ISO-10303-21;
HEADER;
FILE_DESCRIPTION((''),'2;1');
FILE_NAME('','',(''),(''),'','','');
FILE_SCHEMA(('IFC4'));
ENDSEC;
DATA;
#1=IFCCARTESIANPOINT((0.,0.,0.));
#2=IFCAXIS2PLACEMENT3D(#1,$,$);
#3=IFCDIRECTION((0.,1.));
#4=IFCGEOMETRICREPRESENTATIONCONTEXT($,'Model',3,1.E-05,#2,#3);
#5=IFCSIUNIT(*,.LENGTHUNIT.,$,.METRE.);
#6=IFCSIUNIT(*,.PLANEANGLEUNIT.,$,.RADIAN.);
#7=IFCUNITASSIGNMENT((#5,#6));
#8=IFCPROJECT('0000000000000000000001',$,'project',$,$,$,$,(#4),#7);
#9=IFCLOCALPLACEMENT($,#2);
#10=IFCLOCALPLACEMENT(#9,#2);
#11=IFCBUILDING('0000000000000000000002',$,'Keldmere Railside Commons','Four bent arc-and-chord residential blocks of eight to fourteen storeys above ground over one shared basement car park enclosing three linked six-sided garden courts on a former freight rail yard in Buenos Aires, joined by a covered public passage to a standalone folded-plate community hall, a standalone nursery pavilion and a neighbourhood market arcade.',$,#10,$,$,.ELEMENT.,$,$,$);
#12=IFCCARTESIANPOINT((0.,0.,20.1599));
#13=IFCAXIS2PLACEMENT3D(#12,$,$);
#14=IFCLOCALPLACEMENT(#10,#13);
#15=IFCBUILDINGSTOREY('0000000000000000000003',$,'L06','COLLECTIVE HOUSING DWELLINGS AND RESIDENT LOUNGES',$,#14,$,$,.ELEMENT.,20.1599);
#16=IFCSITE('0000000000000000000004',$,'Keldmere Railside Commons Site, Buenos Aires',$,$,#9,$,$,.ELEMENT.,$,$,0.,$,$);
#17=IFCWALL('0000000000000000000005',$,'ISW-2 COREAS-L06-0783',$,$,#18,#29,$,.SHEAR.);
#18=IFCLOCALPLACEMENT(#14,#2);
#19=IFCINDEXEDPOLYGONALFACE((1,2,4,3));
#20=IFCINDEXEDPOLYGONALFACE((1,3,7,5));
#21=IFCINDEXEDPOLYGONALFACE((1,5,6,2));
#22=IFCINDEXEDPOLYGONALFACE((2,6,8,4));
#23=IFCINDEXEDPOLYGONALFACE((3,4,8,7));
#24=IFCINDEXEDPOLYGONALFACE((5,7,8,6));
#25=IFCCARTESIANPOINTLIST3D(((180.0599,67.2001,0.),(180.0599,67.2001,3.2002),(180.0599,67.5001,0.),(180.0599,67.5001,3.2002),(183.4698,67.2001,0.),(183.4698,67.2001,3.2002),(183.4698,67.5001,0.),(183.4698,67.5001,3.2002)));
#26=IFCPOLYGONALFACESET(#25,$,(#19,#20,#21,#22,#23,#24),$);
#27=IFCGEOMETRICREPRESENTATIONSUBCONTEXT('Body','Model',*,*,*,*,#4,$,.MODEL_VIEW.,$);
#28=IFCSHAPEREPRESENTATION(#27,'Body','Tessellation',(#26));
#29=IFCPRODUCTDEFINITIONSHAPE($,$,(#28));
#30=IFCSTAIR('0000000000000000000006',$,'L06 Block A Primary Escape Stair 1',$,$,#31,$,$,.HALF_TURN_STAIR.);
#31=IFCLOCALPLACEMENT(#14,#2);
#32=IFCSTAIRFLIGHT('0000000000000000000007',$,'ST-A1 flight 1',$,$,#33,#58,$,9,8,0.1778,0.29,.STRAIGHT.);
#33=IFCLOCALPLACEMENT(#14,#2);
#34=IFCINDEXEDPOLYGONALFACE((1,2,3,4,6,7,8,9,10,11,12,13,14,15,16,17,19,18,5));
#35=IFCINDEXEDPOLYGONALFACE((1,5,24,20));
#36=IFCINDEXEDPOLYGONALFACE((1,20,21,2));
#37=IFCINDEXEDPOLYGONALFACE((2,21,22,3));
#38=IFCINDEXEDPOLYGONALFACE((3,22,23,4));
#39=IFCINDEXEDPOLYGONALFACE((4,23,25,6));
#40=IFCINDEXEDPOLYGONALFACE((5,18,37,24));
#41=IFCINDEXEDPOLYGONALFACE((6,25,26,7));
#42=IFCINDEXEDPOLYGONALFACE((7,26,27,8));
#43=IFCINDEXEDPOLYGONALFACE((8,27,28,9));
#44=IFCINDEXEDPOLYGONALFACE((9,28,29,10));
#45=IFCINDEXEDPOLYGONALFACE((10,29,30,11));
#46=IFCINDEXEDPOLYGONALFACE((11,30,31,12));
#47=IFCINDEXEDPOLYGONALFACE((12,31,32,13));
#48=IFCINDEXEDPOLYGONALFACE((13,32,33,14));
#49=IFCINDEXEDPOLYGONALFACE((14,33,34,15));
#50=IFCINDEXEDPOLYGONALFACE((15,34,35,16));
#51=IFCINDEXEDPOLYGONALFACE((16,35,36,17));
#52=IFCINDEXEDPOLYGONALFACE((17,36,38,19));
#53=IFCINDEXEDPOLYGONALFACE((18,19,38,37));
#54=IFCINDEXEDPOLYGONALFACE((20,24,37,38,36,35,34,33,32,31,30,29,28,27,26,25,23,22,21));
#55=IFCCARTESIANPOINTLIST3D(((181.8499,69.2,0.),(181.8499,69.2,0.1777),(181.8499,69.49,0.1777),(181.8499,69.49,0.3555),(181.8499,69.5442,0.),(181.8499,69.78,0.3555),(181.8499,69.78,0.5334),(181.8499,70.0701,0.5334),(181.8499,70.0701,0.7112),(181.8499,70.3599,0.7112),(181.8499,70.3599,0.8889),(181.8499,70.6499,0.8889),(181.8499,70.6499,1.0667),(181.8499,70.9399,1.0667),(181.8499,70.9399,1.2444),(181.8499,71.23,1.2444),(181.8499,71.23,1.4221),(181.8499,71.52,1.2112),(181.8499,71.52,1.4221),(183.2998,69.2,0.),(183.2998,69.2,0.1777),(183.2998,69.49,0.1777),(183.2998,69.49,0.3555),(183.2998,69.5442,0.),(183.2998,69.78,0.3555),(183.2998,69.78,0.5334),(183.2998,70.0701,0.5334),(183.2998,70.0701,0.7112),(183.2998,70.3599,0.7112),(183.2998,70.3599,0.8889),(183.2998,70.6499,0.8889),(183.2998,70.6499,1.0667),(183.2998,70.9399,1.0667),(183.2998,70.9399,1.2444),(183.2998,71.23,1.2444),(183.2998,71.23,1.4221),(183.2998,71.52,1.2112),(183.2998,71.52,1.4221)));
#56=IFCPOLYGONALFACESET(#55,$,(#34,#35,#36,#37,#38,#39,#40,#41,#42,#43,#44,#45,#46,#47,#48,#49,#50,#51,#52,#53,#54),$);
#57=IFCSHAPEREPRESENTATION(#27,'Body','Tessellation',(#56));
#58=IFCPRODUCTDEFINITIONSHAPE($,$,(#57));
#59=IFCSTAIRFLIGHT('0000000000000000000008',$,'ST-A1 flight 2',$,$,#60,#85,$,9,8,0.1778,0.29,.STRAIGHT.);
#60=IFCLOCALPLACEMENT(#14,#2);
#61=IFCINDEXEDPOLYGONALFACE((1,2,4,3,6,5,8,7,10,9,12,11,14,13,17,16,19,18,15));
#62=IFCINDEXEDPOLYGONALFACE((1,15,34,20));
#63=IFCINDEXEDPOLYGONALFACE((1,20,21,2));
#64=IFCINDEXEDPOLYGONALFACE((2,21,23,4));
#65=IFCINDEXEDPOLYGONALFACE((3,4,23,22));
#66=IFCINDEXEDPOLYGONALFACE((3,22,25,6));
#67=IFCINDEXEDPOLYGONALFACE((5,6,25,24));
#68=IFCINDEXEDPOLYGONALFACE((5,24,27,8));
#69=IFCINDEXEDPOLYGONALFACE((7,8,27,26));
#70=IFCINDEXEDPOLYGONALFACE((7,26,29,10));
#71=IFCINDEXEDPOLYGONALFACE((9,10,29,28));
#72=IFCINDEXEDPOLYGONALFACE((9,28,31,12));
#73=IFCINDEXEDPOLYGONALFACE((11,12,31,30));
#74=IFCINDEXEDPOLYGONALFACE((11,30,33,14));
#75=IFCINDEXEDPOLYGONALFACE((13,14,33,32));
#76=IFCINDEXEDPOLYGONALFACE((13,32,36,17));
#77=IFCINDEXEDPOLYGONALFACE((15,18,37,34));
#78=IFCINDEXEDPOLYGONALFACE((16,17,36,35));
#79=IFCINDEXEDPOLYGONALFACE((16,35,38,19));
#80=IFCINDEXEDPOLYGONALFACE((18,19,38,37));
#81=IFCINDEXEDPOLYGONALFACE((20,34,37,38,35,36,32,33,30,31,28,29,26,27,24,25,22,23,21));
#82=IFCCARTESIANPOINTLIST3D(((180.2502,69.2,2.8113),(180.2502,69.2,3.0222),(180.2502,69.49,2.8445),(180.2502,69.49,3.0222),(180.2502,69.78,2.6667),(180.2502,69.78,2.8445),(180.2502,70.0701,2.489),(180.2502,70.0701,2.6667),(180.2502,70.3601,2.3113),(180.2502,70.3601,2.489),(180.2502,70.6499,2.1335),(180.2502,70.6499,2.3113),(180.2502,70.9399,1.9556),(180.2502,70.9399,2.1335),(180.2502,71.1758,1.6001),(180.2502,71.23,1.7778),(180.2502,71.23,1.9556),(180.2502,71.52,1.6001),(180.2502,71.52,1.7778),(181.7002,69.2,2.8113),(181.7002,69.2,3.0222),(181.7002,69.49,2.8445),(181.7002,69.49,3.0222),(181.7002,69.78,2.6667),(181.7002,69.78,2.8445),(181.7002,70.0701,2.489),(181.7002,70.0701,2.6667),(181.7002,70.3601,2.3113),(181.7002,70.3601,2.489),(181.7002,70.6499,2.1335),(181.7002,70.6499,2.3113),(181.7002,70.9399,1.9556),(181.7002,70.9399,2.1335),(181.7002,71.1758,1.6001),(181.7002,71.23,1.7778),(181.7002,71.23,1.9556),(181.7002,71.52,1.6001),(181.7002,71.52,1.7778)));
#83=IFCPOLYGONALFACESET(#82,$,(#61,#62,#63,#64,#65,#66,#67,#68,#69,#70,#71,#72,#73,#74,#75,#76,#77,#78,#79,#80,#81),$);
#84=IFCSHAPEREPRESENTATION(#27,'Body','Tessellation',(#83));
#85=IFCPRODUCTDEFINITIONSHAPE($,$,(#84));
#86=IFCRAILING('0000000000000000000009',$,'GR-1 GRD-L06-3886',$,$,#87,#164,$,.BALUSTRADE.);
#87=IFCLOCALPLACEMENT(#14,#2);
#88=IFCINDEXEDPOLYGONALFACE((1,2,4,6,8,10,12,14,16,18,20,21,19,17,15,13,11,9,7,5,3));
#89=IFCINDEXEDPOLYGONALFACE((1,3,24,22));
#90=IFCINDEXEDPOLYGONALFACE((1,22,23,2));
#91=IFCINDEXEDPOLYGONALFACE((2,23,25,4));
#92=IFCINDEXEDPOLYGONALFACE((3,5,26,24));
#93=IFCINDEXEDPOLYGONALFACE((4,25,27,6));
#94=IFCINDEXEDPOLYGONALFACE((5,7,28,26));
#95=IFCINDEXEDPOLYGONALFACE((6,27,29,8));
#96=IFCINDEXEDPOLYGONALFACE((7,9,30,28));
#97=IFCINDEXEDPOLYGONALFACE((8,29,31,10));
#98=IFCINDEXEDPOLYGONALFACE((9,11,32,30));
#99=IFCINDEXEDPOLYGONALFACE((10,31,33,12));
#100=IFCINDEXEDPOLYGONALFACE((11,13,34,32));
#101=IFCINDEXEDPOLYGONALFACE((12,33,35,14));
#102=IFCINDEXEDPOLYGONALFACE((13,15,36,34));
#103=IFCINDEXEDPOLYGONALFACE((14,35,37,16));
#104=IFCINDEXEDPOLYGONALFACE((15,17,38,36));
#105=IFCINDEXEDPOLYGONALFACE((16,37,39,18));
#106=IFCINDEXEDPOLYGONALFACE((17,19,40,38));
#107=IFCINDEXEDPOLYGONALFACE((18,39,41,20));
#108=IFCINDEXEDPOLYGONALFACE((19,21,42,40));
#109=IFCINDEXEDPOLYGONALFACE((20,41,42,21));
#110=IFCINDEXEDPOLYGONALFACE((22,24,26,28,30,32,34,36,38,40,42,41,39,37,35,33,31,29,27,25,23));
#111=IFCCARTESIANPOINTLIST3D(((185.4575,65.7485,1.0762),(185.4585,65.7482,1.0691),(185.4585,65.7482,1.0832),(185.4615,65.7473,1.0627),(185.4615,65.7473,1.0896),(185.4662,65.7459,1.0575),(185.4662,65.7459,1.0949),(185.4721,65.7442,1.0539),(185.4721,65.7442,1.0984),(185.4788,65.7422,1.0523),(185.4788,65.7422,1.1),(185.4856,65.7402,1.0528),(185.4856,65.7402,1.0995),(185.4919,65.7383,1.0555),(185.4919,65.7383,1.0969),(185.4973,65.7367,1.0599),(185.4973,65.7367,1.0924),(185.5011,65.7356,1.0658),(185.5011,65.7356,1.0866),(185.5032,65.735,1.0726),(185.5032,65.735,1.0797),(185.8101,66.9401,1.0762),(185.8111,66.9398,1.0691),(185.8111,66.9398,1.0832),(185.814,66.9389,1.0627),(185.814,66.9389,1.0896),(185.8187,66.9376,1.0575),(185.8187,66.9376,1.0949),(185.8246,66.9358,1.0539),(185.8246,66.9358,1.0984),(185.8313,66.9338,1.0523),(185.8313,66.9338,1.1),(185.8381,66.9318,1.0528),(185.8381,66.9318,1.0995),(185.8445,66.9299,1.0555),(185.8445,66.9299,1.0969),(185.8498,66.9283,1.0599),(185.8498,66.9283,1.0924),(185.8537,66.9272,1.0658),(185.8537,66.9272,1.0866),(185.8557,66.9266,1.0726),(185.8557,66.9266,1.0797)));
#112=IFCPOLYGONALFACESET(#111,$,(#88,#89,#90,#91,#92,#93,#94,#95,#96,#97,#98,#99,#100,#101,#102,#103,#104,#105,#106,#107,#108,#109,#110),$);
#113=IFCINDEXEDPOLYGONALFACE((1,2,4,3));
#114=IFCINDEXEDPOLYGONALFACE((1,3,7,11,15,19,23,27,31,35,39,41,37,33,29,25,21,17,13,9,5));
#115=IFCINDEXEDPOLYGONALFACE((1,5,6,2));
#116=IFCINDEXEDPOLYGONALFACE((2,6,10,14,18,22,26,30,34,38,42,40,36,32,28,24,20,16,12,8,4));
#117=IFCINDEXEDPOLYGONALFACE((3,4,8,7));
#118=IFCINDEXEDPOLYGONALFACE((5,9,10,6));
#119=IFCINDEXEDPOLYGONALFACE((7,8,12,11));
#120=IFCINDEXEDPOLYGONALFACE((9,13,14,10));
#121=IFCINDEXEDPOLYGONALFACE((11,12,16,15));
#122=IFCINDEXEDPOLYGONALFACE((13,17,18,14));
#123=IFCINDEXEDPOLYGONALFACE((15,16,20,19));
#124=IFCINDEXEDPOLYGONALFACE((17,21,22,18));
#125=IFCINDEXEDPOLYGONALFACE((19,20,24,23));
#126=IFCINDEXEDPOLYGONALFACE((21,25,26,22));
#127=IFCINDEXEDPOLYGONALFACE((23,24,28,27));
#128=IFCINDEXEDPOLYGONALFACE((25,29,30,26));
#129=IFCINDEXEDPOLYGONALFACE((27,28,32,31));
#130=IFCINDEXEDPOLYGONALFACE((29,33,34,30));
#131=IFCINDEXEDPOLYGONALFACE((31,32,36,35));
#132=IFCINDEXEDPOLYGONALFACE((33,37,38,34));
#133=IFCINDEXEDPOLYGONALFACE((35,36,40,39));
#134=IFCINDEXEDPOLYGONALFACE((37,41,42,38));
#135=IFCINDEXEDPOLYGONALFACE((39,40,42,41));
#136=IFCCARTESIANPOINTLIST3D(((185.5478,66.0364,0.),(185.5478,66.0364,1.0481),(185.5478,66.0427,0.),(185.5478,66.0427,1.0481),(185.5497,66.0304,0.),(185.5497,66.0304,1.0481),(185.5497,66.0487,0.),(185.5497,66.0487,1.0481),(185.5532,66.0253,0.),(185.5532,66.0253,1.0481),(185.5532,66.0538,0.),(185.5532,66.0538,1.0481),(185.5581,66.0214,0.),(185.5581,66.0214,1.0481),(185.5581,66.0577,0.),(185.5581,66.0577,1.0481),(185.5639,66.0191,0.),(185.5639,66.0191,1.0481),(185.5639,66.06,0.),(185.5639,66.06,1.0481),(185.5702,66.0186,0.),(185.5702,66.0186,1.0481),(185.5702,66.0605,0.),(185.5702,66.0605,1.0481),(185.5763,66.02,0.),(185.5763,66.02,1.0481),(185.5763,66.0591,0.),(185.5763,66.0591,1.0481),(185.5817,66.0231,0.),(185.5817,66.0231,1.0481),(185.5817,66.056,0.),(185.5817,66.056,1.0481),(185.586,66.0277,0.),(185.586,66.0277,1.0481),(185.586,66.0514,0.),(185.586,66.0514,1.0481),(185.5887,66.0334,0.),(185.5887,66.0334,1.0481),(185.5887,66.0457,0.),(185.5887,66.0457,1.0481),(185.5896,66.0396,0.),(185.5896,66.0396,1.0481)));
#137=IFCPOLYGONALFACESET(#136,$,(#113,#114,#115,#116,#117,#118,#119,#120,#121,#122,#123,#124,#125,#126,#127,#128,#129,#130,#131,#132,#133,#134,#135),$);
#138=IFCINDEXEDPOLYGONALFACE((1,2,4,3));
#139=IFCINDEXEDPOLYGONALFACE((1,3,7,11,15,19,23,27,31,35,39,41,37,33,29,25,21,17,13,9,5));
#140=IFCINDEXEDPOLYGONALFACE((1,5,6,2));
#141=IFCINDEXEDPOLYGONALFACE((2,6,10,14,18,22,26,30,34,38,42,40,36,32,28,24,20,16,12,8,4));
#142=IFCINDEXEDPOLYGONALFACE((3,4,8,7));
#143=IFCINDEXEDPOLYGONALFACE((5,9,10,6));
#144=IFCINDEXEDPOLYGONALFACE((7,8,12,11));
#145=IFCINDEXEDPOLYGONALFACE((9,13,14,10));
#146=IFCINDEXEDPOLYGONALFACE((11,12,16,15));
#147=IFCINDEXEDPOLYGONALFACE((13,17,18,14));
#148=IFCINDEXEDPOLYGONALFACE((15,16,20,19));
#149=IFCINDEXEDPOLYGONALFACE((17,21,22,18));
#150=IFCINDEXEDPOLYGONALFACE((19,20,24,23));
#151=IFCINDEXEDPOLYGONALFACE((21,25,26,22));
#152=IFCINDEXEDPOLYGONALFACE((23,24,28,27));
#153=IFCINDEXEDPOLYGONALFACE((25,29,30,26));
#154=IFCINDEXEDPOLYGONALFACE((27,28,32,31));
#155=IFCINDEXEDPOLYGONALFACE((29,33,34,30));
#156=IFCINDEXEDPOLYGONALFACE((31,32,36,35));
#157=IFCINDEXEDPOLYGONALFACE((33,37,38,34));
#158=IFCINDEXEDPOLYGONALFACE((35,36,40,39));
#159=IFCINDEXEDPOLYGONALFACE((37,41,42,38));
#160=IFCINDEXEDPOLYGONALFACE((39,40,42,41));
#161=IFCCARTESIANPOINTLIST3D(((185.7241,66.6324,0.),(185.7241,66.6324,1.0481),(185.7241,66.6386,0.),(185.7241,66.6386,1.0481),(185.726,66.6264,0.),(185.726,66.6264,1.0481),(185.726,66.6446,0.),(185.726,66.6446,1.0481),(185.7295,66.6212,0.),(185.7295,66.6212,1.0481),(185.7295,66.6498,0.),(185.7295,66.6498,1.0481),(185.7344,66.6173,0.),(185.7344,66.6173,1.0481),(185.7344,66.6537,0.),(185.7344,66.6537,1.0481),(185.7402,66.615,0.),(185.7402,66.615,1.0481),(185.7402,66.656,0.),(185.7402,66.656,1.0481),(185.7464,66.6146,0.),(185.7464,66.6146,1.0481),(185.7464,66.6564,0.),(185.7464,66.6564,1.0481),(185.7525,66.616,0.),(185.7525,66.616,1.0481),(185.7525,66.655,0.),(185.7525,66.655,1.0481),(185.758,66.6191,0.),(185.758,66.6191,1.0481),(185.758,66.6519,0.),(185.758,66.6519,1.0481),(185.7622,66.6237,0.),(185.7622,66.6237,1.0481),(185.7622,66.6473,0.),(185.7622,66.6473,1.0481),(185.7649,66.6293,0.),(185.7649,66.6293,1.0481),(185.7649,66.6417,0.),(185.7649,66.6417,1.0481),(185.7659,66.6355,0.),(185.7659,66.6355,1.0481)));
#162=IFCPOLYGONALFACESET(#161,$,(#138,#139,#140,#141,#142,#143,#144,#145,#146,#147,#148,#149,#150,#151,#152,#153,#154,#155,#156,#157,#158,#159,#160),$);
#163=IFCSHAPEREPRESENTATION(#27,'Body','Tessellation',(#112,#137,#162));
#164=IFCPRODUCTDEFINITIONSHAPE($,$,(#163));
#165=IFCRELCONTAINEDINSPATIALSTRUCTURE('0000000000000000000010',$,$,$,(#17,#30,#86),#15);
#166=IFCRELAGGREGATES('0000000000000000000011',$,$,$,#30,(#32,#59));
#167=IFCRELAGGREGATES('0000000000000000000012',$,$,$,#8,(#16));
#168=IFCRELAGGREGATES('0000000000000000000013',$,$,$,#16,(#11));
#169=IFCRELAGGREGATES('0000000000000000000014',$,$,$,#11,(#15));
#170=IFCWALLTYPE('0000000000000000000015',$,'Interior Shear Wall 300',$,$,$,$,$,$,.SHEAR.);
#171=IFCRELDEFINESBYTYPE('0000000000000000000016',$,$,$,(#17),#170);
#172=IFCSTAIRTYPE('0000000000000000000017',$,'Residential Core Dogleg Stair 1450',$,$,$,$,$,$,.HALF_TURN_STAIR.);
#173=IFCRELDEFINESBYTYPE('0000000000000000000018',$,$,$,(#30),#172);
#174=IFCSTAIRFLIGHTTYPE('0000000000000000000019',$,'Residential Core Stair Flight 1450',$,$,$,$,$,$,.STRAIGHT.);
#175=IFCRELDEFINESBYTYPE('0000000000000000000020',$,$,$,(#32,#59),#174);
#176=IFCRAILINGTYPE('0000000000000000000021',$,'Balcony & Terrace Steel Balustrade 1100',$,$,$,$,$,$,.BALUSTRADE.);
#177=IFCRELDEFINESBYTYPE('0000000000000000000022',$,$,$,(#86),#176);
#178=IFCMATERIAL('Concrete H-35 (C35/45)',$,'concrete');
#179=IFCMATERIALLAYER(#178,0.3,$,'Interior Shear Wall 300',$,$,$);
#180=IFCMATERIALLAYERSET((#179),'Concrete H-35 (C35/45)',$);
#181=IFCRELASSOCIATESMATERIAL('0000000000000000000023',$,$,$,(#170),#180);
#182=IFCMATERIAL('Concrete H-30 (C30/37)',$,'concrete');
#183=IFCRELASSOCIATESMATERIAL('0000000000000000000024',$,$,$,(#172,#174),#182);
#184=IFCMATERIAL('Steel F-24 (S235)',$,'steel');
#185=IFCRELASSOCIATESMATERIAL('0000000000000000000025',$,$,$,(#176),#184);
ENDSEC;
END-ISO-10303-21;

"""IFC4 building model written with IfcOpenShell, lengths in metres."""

from ifc_helpers import new_model, si_unit, direction, frame, frame_2d, origin, origin_2d, place, context, subcontext, project, spatial, polyline, rectangle, circle, outline, extrude, material, layer, layer_set, type_object, element, aggregate, save


model = new_model("IFC4")

# Units and contexts
model_context = context("Model", 3, precision=1e-05, world=origin(), true_north=direction((0.0, 1.0)))
body_context = subcontext(model_context, "Body", "Model", "MODEL_VIEW")
ifc_project = project(units=[si_unit("LENGTHUNIT", "METRE"), si_unit("PLANEANGLEUNIT", "RADIAN")], contexts=[model_context])

# Site, building, storey
site_placement = place(None, origin())
site = spatial("IfcSite", under=ifc_project, at=site_placement, Name="Keldmere Railside Commons Site, Buenos Aires", CompositionType="ELEMENT", RefElevation=0.0)
building_placement = place(site_placement, origin())
building = spatial("IfcBuilding", under=site, at=building_placement, Name="Keldmere Railside Commons", Description="Four bent arc-and-chord residential blocks of eight to fourteen storeys above ground over one shared basement car park enclosing three linked six-sided garden courts on a former freight rail yard in Buenos Aires, joined by a covered public passage to a standalone folded-plate community hall, a standalone nursery pavilion and a neighbourhood market arcade.", CompositionType="ELEMENT")
storey_placement = place(building_placement, frame((0.0, 0.0, 20.1599)))
storey = spatial("IfcBuildingStorey", under=building, at=storey_placement, Name="L06", Description="COLLECTIVE HOUSING DWELLINGS AND RESIDENT LOUNGES", CompositionType="ELEMENT", Elevation=20.1599)

# Shared definitions
ifc_material_1 = material(Name="Concrete H-35 (C35/45)", Category="concrete")
ifc_material_2 = material(Name="Steel F-24 (S235)", Category="steel")

# Wall
ifc_layer_1 = layer(ifc_material_1, 0.3, Name="Interior Shear Wall 300")
ifc_layer_set_1 = layer_set([ifc_layer_1], Name="Concrete H-35 (C35/45)")
wall_type_1 = type_object("IfcWallType", Name="Interior Shear Wall 300", PredefinedType="SHEAR", material=ifc_layer_set_1)
wall_1_placement = place(storey_placement, frame((183.47, 67.3501, 0.0), z_axis=(0.0, 0.0, 1.0), x_axis=(-1.0, 0.0, 0.0)))
element("IfcWall", 1, at=wall_1_placement, inside=storey, type_object=wall_type_1, Name="ISW-2 COREAS-L06-0783", PredefinedType="SHEAR", context=body_context, shape_type="SweptSolid", body=[
    extrude(rectangle(XDim=3.4099, YDim=0.3, at=frame_2d((1.7051, 0.0))), origin(), (0.0, 0.0, 1.0), 3.2002),
])

# Stair, stair flights
ifc_material_3 = material(Name="Concrete H-30 (C30/37)", Category="concrete")
stair_type = type_object("IfcStairType", Name="Residential Core Dogleg Stair 1450", PredefinedType="HALF_TURN_STAIR", material=ifc_material_3)
stair_placement = place(storey_placement, origin())
stair = element("IfcStair", 2, at=stair_placement, inside=storey, type_object=stair_type, Name="L06 Block A Primary Escape Stair 1", PredefinedType="HALF_TURN_STAIR")
stair_flight_type = type_object("IfcStairFlightType", Name="Residential Core Stair Flight 1450", PredefinedType="STRAIGHT", material=ifc_material_3)
stair_flight_1_placement = place(storey_placement, frame((182.575, 69.2, 0.0), z_axis=(0.0, 0.0, 1.0), x_axis=(0.0, 1.0, 0.0)))
stair_flight_1 = element("IfcStairFlight", 3, at=stair_flight_1_placement, type_object=stair_flight_type, Name="ST-A1 flight 1", NumberOfRisers=9, NumberOfTreads=8, PredefinedType="STRAIGHT", RiserHeight=0.1778, TreadLength=0.29, context=body_context, shape_type="SweptSolid", body=[
    extrude(outline(polyline([(0.0, 0.0), (0.0, 0.1777), (0.29, 0.1777), (0.29, 0.3555), (0.5801, 0.3555), (0.5801, 0.5334), (0.8701, 0.5334), (0.8701, 0.7112), (1.1599, 0.7112), (1.1599, 0.8889), (1.45, 0.8889), (1.45, 1.0667), (1.74, 1.0667), (1.74, 1.2444), (2.03, 1.2444), (2.03, 1.4221), (2.3201, 1.4221), (2.3201, 1.6001), (2.3201, 1.2112), (0.3442, 0.0), (0.0, 0.0)])), frame((0.0, 0.7251, 0.0), z_axis=(0.0, -1.0, 0.0), x_axis=(1.0, 0.0, 0.0)), (0.0, 0.0, 1.0), 1.45),
])
stair_flight_2_placement = place(storey_placement, frame((180.9751, 71.52, 1.6001), z_axis=(0.0, 0.0, 1.0), x_axis=(0.0, -1.0, 0.0)))
stair_flight_2 = element("IfcStairFlight", 4, at=stair_flight_2_placement, type_object=stair_flight_type, Name="ST-A1 flight 2", NumberOfRisers=9, NumberOfTreads=8, PredefinedType="STRAIGHT", RiserHeight=0.1778, TreadLength=0.29, context=body_context, shape_type="SweptSolid", body=[
    extrude(outline(polyline([(0.0, 0.0), (0.0, 0.1777), (0.29, 0.1777), (0.29, 0.3555), (0.5801, 0.3555), (0.5801, 0.5334), (0.8701, 0.5334), (0.8701, 0.7112), (1.1599, 0.7112), (1.1599, 0.8889), (1.45, 0.8889), (1.45, 1.0667), (1.74, 1.0667), (1.74, 1.2444), (2.03, 1.2444), (2.03, 1.4221), (2.3201, 1.4221), (2.3201, 1.6001), (2.3201, 1.2112), (0.3442, 0.0), (0.0, 0.0)])), frame((0.0, 0.7251, 0.0), z_axis=(0.0, -1.0, 0.0), x_axis=(1.0, 0.0, 0.0)), (0.0, 0.0, 1.0), 1.45),
])
aggregate(stair, [stair_flight_1, stair_flight_2])

# Railing
railing_type_1 = type_object("IfcRailingType", Name="Balcony & Terrace Steel Balustrade 1100", PredefinedType="BALUSTRADE", material=ifc_material_2)
railing_1_placement = place(storey_placement, frame((185.4805, 65.7417, 0.0)))
element("IfcRailing", 5, at=railing_1_placement, inside=storey, type_object=railing_type_1, Name="GR-1 GRD-L06-3886", PredefinedType="BALUSTRADE", context=body_context, shape_type="SweptSolid", body=[
    extrude(circle(Radius=0.0239, at=origin_2d()), frame((0.0, 0.0, 1.0762), z_axis=(0.283687, 0.958917, 0.0), x_axis=(-0.958917, 0.283687, 0.0)), (0.0, 0.0, 1.0), 1.2427),
    extrude(circle(Radius=0.021, at=origin_2d()), frame((0.0881, 0.2979, 0.0)), (0.0, 0.0, 1.0), 1.0481),
    extrude(circle(Radius=0.021, at=origin_2d()), frame((0.2644, 0.8938, 0.0)), (0.0, 0.0, 1.0), 1.0481),
])

save(model, "model.ifc")
